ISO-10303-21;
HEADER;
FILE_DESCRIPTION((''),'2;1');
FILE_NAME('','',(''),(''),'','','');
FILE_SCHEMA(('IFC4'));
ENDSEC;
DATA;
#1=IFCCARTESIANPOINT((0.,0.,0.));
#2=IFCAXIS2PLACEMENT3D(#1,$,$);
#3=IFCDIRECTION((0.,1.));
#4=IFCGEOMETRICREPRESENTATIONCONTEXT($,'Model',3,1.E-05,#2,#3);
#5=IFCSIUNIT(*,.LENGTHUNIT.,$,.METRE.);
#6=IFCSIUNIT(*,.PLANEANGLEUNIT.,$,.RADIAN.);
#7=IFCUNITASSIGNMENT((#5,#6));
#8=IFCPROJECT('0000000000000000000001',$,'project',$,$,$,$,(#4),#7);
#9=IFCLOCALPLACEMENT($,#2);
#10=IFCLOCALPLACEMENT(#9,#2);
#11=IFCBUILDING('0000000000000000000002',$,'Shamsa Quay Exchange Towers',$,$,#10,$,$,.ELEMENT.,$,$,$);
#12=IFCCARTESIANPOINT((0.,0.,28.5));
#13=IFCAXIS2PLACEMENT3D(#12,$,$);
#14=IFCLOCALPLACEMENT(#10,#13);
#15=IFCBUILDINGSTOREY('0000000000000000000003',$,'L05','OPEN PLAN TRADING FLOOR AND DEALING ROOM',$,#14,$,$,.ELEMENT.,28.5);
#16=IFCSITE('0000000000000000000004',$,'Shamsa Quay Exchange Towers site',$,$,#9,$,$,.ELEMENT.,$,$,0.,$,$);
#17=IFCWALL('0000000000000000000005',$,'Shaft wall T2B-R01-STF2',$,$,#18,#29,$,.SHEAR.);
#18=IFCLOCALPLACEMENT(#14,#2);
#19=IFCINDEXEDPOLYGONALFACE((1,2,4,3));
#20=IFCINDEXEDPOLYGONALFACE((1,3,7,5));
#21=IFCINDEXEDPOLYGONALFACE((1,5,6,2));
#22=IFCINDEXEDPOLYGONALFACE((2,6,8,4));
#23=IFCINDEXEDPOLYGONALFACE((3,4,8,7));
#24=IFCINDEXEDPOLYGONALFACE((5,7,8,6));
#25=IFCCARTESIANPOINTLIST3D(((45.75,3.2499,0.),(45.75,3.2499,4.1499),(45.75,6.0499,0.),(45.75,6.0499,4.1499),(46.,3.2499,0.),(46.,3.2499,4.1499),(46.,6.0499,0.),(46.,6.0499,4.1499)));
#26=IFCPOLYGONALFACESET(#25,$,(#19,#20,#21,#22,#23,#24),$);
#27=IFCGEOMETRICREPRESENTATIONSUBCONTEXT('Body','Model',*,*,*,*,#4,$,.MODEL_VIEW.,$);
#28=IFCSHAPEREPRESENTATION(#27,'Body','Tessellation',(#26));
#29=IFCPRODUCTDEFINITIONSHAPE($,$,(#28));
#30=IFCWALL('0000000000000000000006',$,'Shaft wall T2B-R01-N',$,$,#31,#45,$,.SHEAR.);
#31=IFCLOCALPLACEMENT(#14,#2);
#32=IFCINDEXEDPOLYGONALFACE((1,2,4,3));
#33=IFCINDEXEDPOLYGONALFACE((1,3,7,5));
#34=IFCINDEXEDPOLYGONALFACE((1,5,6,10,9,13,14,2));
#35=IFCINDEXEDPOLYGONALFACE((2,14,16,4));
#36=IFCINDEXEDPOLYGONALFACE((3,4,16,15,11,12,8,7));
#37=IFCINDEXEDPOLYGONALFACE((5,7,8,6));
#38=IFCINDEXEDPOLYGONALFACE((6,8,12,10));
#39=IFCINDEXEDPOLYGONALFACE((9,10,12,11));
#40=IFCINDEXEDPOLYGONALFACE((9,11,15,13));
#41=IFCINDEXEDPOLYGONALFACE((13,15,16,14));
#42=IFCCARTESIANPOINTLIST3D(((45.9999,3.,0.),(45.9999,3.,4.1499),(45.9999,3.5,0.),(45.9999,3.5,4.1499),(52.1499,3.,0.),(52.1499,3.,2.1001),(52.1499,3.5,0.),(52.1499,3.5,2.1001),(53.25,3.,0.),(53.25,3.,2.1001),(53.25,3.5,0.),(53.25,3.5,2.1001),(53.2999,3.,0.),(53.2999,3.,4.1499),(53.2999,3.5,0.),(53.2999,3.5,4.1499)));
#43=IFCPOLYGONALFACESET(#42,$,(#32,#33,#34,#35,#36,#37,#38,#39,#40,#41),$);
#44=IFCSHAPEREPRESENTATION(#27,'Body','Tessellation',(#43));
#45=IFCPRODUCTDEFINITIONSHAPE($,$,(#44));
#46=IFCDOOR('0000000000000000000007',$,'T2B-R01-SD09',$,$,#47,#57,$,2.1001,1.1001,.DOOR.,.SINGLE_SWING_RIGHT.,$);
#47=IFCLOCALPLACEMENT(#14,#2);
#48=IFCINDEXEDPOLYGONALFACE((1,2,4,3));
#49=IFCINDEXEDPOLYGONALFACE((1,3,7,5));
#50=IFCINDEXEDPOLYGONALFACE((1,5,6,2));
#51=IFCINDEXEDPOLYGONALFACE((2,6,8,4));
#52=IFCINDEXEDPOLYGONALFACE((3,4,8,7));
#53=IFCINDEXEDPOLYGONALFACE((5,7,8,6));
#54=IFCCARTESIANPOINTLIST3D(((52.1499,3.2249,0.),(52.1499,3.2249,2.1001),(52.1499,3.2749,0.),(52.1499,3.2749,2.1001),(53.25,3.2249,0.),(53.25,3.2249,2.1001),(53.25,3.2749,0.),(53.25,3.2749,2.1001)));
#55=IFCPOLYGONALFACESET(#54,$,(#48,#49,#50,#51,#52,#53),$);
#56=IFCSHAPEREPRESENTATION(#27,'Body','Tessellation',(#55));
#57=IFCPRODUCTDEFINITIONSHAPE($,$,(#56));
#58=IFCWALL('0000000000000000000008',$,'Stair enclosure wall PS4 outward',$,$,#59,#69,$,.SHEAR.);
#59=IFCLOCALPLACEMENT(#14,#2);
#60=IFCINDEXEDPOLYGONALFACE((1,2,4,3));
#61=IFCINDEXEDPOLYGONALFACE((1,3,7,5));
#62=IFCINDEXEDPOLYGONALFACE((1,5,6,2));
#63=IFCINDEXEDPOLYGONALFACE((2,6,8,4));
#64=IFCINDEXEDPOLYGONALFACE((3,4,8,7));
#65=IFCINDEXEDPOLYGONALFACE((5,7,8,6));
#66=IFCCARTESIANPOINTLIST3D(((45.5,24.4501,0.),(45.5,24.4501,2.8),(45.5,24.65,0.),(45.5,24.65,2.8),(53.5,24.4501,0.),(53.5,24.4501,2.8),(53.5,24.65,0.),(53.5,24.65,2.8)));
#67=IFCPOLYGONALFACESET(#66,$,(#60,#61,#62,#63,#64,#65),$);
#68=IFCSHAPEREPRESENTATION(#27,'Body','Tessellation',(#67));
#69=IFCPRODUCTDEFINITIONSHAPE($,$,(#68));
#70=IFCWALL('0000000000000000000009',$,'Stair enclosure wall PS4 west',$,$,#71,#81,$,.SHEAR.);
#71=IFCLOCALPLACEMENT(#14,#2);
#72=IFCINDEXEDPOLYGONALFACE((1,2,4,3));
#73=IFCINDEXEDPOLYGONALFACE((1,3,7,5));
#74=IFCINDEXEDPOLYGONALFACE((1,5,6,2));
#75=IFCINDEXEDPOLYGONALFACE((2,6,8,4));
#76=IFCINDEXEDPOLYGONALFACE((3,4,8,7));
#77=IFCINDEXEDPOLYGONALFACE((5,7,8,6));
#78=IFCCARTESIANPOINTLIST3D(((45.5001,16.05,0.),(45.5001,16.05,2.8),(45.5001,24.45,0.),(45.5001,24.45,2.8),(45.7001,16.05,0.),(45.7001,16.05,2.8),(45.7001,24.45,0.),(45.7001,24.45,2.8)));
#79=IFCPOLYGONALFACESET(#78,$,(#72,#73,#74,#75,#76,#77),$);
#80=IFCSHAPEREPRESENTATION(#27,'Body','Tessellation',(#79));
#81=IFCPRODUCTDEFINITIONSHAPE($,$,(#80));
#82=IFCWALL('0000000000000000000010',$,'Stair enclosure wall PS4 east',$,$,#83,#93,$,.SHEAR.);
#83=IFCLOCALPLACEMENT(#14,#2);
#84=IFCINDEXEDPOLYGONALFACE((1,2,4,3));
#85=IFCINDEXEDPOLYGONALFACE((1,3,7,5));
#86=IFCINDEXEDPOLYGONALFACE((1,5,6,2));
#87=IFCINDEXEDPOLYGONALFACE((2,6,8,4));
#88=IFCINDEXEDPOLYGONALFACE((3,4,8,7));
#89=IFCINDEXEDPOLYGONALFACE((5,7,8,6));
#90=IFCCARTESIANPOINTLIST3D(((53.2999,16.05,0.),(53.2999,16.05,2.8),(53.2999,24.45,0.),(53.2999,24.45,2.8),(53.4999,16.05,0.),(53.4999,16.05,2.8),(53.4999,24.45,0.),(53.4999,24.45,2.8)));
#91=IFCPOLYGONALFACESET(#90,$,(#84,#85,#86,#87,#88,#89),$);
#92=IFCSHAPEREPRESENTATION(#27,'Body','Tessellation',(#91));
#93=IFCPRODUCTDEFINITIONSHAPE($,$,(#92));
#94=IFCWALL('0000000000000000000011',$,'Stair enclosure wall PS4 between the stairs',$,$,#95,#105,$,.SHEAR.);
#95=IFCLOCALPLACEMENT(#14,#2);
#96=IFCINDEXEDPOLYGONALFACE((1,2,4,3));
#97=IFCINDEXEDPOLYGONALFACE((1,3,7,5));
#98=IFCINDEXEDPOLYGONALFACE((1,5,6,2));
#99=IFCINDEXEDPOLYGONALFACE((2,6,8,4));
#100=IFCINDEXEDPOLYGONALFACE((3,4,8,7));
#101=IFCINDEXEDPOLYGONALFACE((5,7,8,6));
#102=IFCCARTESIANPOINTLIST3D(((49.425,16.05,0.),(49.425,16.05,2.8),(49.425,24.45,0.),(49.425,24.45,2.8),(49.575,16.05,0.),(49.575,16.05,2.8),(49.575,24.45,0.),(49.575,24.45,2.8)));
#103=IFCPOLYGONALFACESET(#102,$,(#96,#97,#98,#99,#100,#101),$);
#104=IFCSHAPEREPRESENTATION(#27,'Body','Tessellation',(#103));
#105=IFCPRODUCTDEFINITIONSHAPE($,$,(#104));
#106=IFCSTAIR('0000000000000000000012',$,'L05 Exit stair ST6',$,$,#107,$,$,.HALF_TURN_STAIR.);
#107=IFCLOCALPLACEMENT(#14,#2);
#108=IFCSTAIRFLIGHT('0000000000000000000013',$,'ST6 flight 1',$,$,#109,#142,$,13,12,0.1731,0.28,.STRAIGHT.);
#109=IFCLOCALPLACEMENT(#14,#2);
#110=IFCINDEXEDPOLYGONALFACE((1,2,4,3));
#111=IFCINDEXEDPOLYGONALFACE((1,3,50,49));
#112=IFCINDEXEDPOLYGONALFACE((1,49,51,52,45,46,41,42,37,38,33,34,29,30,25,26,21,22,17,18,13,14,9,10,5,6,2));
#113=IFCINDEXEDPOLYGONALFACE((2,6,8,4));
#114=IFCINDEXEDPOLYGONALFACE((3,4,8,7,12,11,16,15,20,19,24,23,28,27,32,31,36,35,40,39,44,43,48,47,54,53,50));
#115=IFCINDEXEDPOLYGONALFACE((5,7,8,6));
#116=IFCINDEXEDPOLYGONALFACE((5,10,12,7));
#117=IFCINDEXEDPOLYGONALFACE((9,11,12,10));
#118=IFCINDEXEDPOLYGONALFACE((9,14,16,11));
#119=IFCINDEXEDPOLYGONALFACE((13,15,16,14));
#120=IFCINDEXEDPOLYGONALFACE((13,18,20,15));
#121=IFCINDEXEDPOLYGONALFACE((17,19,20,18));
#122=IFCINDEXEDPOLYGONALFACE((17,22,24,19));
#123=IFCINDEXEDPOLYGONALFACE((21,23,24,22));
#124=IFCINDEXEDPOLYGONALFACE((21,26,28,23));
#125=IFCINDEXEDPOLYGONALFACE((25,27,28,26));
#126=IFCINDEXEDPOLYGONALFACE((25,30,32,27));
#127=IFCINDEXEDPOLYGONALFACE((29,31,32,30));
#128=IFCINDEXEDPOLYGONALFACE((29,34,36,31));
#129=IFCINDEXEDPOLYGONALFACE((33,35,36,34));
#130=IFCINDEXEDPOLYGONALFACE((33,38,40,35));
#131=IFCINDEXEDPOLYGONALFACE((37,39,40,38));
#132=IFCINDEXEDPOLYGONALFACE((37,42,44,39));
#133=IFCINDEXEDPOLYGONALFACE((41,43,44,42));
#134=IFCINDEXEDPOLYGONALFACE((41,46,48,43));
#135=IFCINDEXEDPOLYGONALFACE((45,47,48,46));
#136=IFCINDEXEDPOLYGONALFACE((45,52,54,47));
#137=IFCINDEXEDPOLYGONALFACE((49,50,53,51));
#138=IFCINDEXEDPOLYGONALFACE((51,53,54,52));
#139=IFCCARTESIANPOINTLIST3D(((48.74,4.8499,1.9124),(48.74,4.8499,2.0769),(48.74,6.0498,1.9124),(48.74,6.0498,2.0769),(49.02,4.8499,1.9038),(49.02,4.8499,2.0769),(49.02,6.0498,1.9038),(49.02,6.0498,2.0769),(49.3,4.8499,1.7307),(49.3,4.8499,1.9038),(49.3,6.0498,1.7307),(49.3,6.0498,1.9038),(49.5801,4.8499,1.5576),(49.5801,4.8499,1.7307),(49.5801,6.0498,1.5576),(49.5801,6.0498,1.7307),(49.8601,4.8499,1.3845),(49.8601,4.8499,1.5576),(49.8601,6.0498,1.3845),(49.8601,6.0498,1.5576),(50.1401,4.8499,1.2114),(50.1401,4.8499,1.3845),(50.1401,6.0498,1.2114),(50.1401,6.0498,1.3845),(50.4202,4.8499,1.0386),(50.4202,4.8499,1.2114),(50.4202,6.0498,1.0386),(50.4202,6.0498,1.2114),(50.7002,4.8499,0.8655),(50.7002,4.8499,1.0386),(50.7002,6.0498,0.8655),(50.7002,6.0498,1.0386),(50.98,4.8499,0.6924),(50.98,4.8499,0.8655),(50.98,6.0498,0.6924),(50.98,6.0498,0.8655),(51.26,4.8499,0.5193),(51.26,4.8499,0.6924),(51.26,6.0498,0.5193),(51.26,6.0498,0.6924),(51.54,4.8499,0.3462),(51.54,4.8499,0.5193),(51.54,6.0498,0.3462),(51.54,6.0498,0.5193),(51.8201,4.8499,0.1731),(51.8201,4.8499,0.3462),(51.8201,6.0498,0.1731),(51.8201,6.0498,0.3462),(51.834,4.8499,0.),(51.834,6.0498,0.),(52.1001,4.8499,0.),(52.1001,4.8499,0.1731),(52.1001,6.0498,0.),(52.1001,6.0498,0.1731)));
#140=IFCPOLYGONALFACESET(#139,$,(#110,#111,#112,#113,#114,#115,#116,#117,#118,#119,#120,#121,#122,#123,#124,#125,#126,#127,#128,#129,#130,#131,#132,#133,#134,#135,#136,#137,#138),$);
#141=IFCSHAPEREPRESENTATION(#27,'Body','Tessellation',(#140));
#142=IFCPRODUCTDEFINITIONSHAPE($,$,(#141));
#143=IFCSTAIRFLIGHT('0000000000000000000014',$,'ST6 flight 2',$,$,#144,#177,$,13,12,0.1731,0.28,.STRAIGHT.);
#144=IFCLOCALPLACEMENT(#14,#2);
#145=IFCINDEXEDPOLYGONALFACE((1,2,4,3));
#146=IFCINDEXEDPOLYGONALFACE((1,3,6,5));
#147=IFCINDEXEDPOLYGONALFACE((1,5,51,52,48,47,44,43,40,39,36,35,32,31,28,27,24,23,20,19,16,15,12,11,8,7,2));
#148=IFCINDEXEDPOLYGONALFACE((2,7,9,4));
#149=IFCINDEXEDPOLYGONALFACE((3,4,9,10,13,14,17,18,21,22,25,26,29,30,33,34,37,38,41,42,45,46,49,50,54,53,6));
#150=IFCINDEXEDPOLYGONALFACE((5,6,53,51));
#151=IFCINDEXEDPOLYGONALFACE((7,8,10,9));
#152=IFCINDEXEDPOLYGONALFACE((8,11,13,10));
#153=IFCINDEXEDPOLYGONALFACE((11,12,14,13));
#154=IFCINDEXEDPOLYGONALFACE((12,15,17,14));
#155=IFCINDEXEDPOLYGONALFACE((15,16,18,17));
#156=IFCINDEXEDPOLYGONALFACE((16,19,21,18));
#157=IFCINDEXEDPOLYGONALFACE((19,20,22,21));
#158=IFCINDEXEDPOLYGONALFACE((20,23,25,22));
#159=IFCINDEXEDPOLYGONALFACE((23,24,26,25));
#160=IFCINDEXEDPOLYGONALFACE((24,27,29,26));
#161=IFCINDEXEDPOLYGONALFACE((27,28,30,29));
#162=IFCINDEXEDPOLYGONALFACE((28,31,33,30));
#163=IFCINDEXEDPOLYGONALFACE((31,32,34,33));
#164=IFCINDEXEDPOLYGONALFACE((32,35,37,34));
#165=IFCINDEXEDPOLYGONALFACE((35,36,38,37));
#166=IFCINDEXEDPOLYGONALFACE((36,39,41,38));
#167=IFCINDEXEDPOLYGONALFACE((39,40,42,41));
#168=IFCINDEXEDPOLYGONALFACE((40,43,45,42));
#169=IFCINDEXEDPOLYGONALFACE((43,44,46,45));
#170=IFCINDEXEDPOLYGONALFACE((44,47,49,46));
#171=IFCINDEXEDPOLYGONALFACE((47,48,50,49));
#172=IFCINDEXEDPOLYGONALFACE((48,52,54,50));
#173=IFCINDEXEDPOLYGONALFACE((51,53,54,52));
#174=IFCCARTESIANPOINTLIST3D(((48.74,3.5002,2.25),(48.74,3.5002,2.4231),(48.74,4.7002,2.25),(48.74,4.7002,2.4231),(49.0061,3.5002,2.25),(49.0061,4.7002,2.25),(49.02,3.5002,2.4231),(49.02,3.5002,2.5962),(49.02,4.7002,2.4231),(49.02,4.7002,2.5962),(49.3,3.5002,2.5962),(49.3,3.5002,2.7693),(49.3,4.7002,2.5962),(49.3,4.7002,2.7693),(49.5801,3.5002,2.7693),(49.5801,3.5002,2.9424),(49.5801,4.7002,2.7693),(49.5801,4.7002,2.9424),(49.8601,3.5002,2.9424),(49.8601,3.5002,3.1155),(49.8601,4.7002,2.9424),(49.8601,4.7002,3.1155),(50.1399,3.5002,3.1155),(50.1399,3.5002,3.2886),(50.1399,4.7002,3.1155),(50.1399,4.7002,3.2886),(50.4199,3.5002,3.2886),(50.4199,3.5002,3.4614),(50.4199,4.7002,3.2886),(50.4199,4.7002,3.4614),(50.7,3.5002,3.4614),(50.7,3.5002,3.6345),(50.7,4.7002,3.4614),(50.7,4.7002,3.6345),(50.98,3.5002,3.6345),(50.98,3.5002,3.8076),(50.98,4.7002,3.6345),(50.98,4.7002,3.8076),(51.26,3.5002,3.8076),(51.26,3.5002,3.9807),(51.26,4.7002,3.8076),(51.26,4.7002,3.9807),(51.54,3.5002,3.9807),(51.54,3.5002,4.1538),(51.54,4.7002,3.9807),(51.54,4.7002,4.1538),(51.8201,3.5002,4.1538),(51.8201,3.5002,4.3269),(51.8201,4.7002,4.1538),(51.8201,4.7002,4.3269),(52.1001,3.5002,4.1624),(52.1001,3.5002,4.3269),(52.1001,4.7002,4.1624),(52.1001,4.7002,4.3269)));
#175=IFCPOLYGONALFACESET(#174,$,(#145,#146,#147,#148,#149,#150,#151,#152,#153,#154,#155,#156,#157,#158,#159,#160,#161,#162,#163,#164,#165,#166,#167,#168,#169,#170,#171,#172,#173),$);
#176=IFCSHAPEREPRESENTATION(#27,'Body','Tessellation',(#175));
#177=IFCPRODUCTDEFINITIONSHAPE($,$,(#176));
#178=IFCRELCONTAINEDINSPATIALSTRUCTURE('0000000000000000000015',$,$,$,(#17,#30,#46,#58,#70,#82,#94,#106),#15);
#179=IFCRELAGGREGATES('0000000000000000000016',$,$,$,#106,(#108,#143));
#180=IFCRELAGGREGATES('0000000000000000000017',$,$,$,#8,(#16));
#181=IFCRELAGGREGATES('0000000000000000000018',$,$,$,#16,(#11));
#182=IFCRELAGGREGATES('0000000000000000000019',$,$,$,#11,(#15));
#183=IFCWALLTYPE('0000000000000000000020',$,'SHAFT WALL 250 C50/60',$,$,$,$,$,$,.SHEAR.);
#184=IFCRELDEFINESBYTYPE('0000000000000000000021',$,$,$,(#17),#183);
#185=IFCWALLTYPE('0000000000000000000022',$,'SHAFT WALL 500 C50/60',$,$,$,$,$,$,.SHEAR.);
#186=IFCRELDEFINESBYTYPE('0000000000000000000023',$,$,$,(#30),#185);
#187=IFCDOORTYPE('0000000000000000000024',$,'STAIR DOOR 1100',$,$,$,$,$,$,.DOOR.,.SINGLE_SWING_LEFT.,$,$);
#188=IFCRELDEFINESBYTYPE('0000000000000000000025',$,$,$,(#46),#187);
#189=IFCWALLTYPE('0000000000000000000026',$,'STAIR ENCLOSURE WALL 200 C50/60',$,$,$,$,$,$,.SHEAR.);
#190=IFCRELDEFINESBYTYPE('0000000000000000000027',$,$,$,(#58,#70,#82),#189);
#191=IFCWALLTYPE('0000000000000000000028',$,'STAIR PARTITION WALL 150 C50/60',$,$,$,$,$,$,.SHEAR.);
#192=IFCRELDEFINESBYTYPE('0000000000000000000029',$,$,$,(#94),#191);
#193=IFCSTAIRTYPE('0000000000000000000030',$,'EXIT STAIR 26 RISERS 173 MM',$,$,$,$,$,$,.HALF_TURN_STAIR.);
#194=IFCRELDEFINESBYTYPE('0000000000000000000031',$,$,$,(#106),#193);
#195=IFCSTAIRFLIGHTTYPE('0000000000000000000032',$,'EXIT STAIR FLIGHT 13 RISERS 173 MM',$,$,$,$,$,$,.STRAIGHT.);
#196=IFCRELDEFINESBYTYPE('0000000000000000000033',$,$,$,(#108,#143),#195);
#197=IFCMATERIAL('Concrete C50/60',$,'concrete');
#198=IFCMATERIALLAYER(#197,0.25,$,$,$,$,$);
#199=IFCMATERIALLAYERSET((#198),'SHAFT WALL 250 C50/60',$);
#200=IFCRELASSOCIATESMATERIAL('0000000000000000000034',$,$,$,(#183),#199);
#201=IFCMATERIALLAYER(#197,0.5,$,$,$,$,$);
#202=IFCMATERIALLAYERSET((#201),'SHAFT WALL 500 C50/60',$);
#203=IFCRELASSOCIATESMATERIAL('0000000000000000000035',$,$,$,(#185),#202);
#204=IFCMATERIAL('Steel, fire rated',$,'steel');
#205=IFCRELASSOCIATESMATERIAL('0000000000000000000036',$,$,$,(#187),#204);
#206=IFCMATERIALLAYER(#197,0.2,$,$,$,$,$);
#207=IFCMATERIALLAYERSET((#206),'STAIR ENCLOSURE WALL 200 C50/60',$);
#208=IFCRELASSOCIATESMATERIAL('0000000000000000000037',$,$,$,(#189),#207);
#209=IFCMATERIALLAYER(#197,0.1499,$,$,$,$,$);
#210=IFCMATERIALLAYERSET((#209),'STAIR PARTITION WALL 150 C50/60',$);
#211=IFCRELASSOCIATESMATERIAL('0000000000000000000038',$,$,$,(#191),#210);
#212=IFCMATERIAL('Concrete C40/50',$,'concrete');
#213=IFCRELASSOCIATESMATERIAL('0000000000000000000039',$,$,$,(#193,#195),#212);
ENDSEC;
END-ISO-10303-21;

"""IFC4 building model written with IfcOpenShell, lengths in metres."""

from ifc_helpers import new_model, si_unit, direction, frame, frame_2d, origin, place, context, subcontext, project, spatial, polyline, rectangle, outline, extrude, material, layer, layer_set, type_object, element, fill, aggregate, save


model = new_model("IFC4")

# Units and contexts
model_context = context("Model", 3, precision=1e-05, world=origin(), true_north=direction((0.0, 1.0)))
body_context = subcontext(model_context, "Body", "Model", "MODEL_VIEW")
ifc_project = project(units=[si_unit("LENGTHUNIT", "METRE"), si_unit("PLANEANGLEUNIT", "RADIAN")], contexts=[model_context])

# Site, building, storey
site_placement = place(None, origin())
site = spatial("IfcSite", under=ifc_project, at=site_placement, Name="Shamsa Quay Exchange Towers site", CompositionType="ELEMENT", RefElevation=0.0)
building_placement = place(site_placement, origin())
building = spatial("IfcBuilding", under=site, at=building_placement, Name="Shamsa Quay Exchange Towers", CompositionType="ELEMENT")
storey_placement = place(building_placement, frame((0.0, 0.0, 28.5)))
storey = spatial("IfcBuildingStorey", under=building, at=storey_placement, Name="L05", Description="OPEN PLAN TRADING FLOOR AND DEALING ROOM", CompositionType="ELEMENT", Elevation=28.5)

# Shared definitions
ifc_material_1 = material(Name="Concrete C50/60", Category="concrete")
ifc_layer_1 = layer(ifc_material_1, 0.25)
ifc_layer_set_1 = layer_set([ifc_layer_1], Name="SHAFT WALL 250 C50/60")
wall_type_1 = type_object("IfcWallType", Name="SHAFT WALL 250 C50/60", PredefinedType="SHEAR", material=ifc_layer_set_1)
ifc_material_2 = material(Name="Steel, fire rated", Category="steel")

# Wall
wall_1_placement = place(storey_placement, frame((45.875, 3.25, 0.0), z_axis=(0.0, 0.0, 1.0), x_axis=(0.0, 1.0, 0.0)))
element("IfcWall", 1, at=wall_1_placement, inside=storey, type_object=wall_type_1, Name="Shaft wall T2B-R01-STF2", PredefinedType="SHEAR", context=body_context, shape_type="SweptSolid", body=[
    extrude(rectangle(XDim=2.8, YDim=0.25, at=frame_2d((1.3999, 0.0))), origin(), (0.0, 0.0, 1.0), 4.1499),
])

# Wall, opening, door
ifc_layer_2 = layer(ifc_material_1, 0.5)
ifc_layer_set_2 = layer_set([ifc_layer_2], Name="SHAFT WALL 500 C50/60")
wall_type_2 = type_object("IfcWallType", Name="SHAFT WALL 500 C50/60", PredefinedType="SHEAR", material=ifc_layer_set_2)
wall_2_placement = place(storey_placement, frame((46.0, 3.25, 0.0)))
wall_2 = element("IfcWall", 2, at=wall_2_placement, inside=storey, type_object=wall_type_2, Name="Shaft wall T2B-R01-N", PredefinedType="SHEAR", context=body_context, shape_type="SweptSolid", body=[
    extrude(rectangle(XDim=7.3, YDim=0.5, at=frame_2d((3.6499, 0.0))), origin(), (0.0, 0.0, 1.0), 4.1499),
])
opening_1_placement = place(wall_2_placement, frame((6.1499, 0.0, 0.0)))
opening_1 = element("IfcOpeningElement", 3, at=opening_1_placement, cuts=wall_2, PredefinedType="OPENING", context=body_context, shape_type="SweptSolid", body=[
    extrude(rectangle(XDim=1.1001, YDim=2.1001, at=frame_2d((0.55, 1.05))), frame((0.0, 0.26, 0.0), z_axis=(0.0, -1.0, 0.0), x_axis=(1.0, 0.0, 0.0)), (0.0, 0.0, 1.0), 0.52),
])
door_type_1 = type_object("IfcDoorType", Name="STAIR DOOR 1100", OperationType="SINGLE_SWING_LEFT", PredefinedType="DOOR", material=ifc_material_2)
door_1_placement = place(opening_1_placement, origin())
door_1 = element("IfcDoor", 4, at=door_1_placement, inside=storey, type_object=door_type_1, Name="T2B-R01-SD09", OperationType="SINGLE_SWING_RIGHT", OverallHeight=2.1001, OverallWidth=1.1001, PredefinedType="DOOR", context=body_context, shape_type="SweptSolid", body=[
    extrude(rectangle(XDim=1.1001, YDim=2.1001, at=frame_2d((0.55, 1.05))), frame((0.0, 0.0249, 0.0), z_axis=(0.0, -1.0, 0.0), x_axis=(1.0, 0.0, 0.0)), (0.0, 0.0, 1.0), 0.05),
])
fill(opening_1, door_1)

# Shared definitions
ifc_layer_3 = layer(ifc_material_1, 0.2)
ifc_layer_set_3 = layer_set([ifc_layer_3], Name="STAIR ENCLOSURE WALL 200 C50/60")
wall_type_3 = type_object("IfcWallType", Name="STAIR ENCLOSURE WALL 200 C50/60", PredefinedType="SHEAR", material=ifc_layer_set_3)

# Walls
wall_3_placement = place(storey_placement, frame((45.5, 24.55, 0.0)))
element("IfcWall", 5, at=wall_3_placement, inside=storey, type_object=wall_type_3, Name="Stair enclosure wall PS4 outward", PredefinedType="SHEAR", context=body_context, shape_type="SweptSolid", body=[
    extrude(rectangle(XDim=8.0, YDim=0.2, at=frame_2d((4.0, 0.0))), origin(), (0.0, 0.0, 1.0), 2.8),
])
for number, where, z_axis, x_axis, name in (
    (6, (45.6001, 16.05, 0.0), (0.0, 0.0, 1.0), (0.0, 1.0, 0.0), "Stair enclosure wall PS4 west"),
    (7, (53.3999, 16.05, 0.0), (0.0, 0.0, 1.0), (0.0, 1.0, 0.0), "Stair enclosure wall PS4 east"),
):
    element("IfcWall", number, at=place(storey_placement, frame(where, z_axis=z_axis, x_axis=x_axis)), inside=storey, type_object=wall_type_3, Name=name, PredefinedType="SHEAR", context=body_context, shape_type="SweptSolid", body=[
        extrude(rectangle(XDim=8.3999, YDim=0.2, at=frame_2d((4.2, 0.0))), origin(), (0.0, 0.0, 1.0), 2.8),
    ])
ifc_layer_4 = layer(ifc_material_1, 0.1499)
ifc_layer_set_4 = layer_set([ifc_layer_4], Name="STAIR PARTITION WALL 150 C50/60")
wall_type_4 = type_object("IfcWallType", Name="STAIR PARTITION WALL 150 C50/60", PredefinedType="SHEAR", material=ifc_layer_set_4)
wall_4_placement = place(storey_placement, frame((49.5, 16.05, 0.0), z_axis=(0.0, 0.0, 1.0), x_axis=(0.0, 1.0, 0.0)))
element("IfcWall", 8, at=wall_4_placement, inside=storey, type_object=wall_type_4, Name="Stair enclosure wall PS4 between the stairs", PredefinedType="SHEAR", context=body_context, shape_type="SweptSolid", body=[
    extrude(rectangle(XDim=8.3999, YDim=0.1499, at=frame_2d((4.2, 0.0))), origin(), (0.0, 0.0, 1.0), 2.8),
])

# Stair, stair flights
ifc_material_3 = material(Name="Concrete C40/50", Category="concrete")
stair_type = type_object("IfcStairType", Name="EXIT STAIR 26 RISERS 173 MM", PredefinedType="HALF_TURN_STAIR", material=ifc_material_3)
stair_placement = place(storey_placement, origin())
stair = element("IfcStair", 9, at=stair_placement, inside=storey, type_object=stair_type, Name="L05 Exit stair ST6", PredefinedType="HALF_TURN_STAIR")
stair_flight_type = type_object("IfcStairFlightType", Name="EXIT STAIR FLIGHT 13 RISERS 173 MM", PredefinedType="STRAIGHT", material=ifc_material_3)
stair_flight_1_placement = place(storey_placement, frame((52.1001, 5.45, 0.0), z_axis=(0.0, 0.0, 1.0), x_axis=(-1.0, 0.0, 0.0)))
stair_flight_1 = element("IfcStairFlight", 10, at=stair_flight_1_placement, type_object=stair_flight_type, Name="ST6 flight 1", NumberOfRisers=13, NumberOfTreads=12, PredefinedType="STRAIGHT", RiserHeight=0.1731, TreadLength=0.28, context=body_context, shape_type="SweptSolid", body=[
    extrude(outline(polyline([(0.0, 0.0), (0.0, 0.1731), (0.28, 0.1731), (0.28, 0.3462), (0.5601, 0.3462), (0.5601, 0.5193), (0.8401, 0.5193), (0.8401, 0.6924), (1.1201, 0.6924), (1.1201, 0.8655), (1.3999, 0.8655), (1.3999, 1.0386), (1.6799, 1.0386), (1.6799, 1.2114), (1.96, 1.2114), (1.96, 1.3845), (2.24, 1.3845), (2.24, 1.5576), (2.52, 1.5576), (2.52, 1.7307), (2.8, 1.7307), (2.8, 1.9038), (3.0801, 1.9038), (3.0801, 2.0769), (3.3601, 2.0769), (3.3601, 2.25), (3.3601, 1.9124), (0.2661, 0.0), (0.0, 0.0)])), frame((0.0, 0.6001, 0.0), z_axis=(0.0, -1.0, 0.0), x_axis=(1.0, 0.0, 0.0)), (0.0, 0.0, 1.0), 1.2),
])
stair_flight_2_placement = place(storey_placement, frame((48.74, 4.1001, 2.25)))
stair_flight_2 = element("IfcStairFlight", 11, at=stair_flight_2_placement, type_object=stair_flight_type, Name="ST6 flight 2", NumberOfRisers=13, NumberOfTreads=12, PredefinedType="STRAIGHT", RiserHeight=0.1731, TreadLength=0.28, context=body_context, shape_type="SweptSolid", body=[
    extrude(outline(polyline([(0.0, 0.0), (0.0, 0.1731), (0.28, 0.1731), (0.28, 0.3462), (0.5601, 0.3462), (0.5601, 0.5193), (0.8401, 0.5193), (0.8401, 0.6924), (1.1201, 0.6924), (1.1201, 0.8655), (1.3999, 0.8655), (1.3999, 1.0386), (1.6799, 1.0386), (1.6799, 1.2114), (1.96, 1.2114), (1.96, 1.3845), (2.24, 1.3845), (2.24, 1.5576), (2.52, 1.5576), (2.52, 1.7307), (2.8, 1.7307), (2.8, 1.9038), (3.0801, 1.9038), (3.0801, 2.0769), (3.3601, 2.0769), (3.3601, 2.25), (3.3601, 1.9124), (0.2661, 0.0), (0.0, 0.0)])), frame((0.0, 0.6001, 0.0), z_axis=(0.0, -1.0, 0.0), x_axis=(1.0, 0.0, 0.0)), (0.0, 0.0, 1.0), 1.2),
])
aggregate(stair, [stair_flight_1, stair_flight_2])

save(model, "model.ifc")
